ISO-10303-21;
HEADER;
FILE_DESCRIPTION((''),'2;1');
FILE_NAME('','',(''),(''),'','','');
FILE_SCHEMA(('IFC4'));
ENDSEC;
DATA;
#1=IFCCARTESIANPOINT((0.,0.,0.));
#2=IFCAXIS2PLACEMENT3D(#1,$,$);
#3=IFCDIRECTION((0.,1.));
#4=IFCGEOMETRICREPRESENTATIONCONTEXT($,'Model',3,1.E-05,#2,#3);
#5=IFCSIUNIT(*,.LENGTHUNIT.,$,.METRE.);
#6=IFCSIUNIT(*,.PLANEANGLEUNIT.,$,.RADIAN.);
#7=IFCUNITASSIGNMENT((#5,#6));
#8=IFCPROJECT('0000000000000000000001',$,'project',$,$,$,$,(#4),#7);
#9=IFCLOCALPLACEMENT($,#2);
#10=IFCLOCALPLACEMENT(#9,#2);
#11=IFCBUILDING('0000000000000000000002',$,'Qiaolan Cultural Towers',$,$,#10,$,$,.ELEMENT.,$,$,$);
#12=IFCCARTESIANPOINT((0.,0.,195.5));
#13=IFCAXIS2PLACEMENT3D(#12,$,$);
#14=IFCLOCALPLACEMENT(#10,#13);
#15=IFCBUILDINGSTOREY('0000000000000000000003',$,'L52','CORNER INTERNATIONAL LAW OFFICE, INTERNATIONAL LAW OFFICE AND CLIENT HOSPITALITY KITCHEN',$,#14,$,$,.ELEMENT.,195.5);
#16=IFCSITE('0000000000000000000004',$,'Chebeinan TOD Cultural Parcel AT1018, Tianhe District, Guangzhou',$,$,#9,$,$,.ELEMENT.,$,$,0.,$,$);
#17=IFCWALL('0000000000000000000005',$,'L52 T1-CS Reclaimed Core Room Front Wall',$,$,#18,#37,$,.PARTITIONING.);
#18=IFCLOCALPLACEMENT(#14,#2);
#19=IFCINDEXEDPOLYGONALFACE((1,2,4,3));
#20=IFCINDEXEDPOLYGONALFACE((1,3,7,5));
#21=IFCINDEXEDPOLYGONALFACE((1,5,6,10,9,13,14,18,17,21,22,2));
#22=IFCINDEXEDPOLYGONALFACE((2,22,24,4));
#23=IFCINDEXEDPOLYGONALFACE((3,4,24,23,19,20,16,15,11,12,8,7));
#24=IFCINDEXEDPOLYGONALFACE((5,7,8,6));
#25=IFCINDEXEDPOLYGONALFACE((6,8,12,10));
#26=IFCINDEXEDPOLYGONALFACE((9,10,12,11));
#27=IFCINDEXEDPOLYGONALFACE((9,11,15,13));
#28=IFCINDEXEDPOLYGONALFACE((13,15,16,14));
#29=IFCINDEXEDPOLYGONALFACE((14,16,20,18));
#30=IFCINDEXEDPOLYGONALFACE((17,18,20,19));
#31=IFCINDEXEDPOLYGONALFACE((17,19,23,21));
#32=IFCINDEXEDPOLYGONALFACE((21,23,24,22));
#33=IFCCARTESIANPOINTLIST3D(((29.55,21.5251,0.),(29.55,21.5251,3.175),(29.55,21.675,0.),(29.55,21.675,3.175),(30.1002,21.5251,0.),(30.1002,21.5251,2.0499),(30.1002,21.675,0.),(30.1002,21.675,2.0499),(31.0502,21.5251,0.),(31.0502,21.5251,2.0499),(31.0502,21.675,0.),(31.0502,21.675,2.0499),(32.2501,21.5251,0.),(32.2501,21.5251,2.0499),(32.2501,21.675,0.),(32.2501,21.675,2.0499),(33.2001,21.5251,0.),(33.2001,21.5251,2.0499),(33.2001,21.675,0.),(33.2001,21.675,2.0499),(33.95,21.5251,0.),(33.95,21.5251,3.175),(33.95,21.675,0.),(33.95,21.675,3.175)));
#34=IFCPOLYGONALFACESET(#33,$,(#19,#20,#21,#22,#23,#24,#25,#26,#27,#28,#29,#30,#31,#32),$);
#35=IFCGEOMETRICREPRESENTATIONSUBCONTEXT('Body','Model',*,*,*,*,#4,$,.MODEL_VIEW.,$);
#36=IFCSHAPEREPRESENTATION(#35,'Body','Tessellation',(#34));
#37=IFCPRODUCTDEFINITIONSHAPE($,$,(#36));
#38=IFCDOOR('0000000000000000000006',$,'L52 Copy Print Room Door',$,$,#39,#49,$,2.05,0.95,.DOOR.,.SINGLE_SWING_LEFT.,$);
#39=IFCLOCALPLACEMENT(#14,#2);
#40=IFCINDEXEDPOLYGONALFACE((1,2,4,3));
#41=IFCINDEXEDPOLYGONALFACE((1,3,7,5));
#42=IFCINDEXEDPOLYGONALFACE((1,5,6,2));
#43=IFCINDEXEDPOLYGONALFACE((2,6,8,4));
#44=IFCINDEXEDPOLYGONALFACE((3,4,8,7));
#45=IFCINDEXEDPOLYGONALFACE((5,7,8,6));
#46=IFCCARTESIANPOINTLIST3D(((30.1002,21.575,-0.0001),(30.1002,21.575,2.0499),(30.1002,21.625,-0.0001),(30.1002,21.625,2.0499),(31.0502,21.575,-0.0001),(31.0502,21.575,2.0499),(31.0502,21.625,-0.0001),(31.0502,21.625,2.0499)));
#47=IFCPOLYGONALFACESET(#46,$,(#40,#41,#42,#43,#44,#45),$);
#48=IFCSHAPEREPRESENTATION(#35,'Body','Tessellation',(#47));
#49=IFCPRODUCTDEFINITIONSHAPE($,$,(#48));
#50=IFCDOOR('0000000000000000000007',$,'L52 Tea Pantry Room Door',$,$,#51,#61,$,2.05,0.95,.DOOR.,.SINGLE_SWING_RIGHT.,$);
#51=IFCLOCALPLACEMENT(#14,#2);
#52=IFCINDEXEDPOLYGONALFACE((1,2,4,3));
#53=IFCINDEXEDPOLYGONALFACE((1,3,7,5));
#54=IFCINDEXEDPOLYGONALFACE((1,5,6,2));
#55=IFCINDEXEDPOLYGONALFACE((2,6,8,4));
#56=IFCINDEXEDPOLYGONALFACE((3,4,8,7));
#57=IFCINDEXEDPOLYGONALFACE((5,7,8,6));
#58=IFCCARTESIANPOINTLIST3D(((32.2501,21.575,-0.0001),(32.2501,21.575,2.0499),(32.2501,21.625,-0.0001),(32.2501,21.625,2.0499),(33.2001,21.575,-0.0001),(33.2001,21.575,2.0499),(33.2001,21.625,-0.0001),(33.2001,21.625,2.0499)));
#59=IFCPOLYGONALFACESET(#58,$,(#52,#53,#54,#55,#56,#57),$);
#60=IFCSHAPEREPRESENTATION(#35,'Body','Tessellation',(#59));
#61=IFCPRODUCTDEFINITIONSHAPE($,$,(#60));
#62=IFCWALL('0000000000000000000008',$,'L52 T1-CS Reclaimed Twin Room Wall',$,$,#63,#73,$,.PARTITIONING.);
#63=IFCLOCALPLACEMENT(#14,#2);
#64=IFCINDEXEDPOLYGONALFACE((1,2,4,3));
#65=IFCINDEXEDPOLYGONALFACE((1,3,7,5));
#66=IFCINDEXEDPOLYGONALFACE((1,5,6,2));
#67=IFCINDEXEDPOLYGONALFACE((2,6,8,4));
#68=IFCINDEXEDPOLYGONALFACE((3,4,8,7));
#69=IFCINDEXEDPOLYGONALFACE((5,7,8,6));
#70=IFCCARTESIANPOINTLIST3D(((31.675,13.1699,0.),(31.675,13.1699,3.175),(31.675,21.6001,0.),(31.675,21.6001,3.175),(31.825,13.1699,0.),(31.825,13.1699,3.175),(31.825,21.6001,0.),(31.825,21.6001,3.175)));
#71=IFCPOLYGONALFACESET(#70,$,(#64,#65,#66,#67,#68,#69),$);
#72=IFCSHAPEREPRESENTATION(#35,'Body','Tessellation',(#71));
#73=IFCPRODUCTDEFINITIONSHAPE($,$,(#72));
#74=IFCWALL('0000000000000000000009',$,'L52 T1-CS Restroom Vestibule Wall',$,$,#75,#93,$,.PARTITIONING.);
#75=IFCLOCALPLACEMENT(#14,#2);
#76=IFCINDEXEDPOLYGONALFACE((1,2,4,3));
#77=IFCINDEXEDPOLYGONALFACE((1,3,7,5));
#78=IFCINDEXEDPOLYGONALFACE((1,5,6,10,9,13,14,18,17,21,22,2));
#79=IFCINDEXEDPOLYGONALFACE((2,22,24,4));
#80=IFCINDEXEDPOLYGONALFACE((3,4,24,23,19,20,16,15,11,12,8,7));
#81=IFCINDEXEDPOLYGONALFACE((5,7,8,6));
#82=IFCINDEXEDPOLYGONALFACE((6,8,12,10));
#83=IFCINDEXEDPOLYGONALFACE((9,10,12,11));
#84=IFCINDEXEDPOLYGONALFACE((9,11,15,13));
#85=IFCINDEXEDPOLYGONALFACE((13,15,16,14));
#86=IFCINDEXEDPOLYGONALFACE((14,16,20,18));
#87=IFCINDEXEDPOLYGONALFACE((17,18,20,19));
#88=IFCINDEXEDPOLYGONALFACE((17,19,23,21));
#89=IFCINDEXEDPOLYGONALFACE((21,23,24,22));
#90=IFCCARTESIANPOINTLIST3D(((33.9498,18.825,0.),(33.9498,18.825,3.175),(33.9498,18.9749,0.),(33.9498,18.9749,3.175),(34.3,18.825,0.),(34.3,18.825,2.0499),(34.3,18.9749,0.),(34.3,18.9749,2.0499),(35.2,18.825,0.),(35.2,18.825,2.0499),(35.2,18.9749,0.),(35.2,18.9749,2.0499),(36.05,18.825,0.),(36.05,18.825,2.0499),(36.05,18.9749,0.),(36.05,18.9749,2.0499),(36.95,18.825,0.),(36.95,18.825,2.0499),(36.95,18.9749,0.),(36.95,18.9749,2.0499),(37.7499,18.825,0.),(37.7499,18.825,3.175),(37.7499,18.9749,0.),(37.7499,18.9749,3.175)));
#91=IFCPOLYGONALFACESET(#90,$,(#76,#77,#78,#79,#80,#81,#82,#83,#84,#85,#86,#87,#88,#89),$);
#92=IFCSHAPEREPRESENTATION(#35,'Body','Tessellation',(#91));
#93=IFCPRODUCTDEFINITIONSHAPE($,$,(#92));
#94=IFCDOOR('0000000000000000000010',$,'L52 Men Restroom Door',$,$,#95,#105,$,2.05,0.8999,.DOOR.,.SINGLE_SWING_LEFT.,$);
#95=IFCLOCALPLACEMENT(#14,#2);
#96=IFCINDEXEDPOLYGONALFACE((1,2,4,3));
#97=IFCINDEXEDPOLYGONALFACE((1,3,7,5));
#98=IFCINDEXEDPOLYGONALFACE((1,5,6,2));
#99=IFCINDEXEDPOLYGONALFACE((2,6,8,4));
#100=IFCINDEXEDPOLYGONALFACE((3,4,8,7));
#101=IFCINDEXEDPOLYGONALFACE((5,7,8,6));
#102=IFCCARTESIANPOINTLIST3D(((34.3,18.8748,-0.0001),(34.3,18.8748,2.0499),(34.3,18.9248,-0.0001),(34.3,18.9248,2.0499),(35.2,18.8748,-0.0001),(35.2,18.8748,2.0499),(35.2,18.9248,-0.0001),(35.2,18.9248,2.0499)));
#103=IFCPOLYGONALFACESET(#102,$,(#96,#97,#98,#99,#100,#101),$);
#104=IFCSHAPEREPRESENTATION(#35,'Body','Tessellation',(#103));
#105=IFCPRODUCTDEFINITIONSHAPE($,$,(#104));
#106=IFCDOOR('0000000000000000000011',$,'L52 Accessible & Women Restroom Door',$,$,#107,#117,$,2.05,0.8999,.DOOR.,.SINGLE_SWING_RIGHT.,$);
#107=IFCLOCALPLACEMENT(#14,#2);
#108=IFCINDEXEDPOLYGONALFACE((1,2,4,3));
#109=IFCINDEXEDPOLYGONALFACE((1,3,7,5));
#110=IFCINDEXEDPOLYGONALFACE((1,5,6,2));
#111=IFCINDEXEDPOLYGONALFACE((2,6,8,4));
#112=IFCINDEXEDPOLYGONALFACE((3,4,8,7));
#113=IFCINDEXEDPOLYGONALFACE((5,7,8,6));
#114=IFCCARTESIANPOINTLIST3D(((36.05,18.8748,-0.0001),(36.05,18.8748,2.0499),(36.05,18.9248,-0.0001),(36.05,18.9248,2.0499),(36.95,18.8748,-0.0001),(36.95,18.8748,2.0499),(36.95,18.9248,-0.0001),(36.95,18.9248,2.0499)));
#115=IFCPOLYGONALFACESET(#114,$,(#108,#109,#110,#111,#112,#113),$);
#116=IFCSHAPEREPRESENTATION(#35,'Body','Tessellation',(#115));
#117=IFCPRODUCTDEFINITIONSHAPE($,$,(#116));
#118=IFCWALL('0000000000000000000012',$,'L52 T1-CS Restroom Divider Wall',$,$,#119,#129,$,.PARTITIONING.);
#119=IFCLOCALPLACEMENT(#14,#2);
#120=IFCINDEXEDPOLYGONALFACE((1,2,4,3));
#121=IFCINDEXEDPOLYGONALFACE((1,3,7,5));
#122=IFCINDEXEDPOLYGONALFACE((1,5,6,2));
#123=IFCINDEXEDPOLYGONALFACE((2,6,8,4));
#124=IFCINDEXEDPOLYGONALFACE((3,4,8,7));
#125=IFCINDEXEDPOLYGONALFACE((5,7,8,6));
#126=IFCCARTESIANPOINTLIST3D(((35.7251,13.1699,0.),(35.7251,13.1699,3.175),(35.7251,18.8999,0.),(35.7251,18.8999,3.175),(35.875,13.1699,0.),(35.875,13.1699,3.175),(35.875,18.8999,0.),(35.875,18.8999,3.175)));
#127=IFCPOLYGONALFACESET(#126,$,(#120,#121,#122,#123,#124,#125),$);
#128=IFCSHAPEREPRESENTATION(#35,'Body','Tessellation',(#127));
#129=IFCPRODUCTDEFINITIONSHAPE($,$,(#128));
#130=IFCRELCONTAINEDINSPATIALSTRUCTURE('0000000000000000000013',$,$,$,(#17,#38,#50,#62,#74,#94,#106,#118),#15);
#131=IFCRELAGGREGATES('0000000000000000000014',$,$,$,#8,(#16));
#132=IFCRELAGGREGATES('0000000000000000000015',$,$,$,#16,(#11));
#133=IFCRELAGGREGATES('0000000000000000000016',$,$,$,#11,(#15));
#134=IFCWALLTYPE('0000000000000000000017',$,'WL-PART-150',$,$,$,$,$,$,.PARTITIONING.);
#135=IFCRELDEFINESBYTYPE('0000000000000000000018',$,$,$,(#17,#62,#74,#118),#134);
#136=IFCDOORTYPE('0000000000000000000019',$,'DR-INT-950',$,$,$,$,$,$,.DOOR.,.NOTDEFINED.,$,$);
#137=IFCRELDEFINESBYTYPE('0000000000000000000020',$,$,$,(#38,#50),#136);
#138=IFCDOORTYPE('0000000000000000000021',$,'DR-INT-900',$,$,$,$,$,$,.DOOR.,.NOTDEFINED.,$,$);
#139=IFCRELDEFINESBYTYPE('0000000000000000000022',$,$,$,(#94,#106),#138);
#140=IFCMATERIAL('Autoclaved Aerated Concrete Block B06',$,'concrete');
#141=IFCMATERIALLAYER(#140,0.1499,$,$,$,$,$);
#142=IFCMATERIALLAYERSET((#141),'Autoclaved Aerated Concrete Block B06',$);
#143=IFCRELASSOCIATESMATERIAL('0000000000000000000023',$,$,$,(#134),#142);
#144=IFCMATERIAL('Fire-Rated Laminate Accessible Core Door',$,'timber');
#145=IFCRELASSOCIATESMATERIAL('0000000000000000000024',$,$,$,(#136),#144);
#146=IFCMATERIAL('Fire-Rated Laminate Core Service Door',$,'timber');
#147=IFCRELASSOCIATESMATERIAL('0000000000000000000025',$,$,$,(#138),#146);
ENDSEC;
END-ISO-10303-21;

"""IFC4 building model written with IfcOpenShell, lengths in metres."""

from ifc_helpers import new_model, si_unit, direction, frame, frame_2d, origin, place, context, subcontext, project, spatial, rectangle, extrude, material, layer, layer_set, type_object, element, fill, save


model = new_model("IFC4")

# Units and contexts
model_context = context("Model", 3, precision=1e-05, world=origin(), true_north=direction((0.0, 1.0)))
body_context = subcontext(model_context, "Body", "Model", "MODEL_VIEW")
ifc_project = project(units=[si_unit("LENGTHUNIT", "METRE"), si_unit("PLANEANGLEUNIT", "RADIAN")], contexts=[model_context])

# Site, building, storey
site_placement = place(None, origin())
site = spatial("IfcSite", under=ifc_project, at=site_placement, Name="Chebeinan TOD Cultural Parcel AT1018, Tianhe District, Guangzhou", CompositionType="ELEMENT", RefElevation=0.0)
building_placement = place(site_placement, origin())
building = spatial("IfcBuilding", under=site, at=building_placement, Name="Qiaolan Cultural Towers", CompositionType="ELEMENT")
storey_placement = place(building_placement, frame((0.0, 0.0, 195.5)))
storey = spatial("IfcBuildingStorey", under=building, at=storey_placement, Name="L52", Description="CORNER INTERNATIONAL LAW OFFICE, INTERNATIONAL LAW OFFICE AND CLIENT HOSPITALITY KITCHEN", CompositionType="ELEMENT", Elevation=195.5)

# Wall, openings, doors
ifc_material_1 = material(Name="Autoclaved Aerated Concrete Block B06", Category="concrete")
ifc_layer_1 = layer(ifc_material_1, 0.1499)
ifc_layer_set_1 = layer_set([ifc_layer_1], Name="Autoclaved Aerated Concrete Block B06")
wall_type_1 = type_object("IfcWallType", Name="WL-PART-150", PredefinedType="PARTITIONING", material=ifc_layer_set_1)
wall_1_placement = place(storey_placement, frame((29.55, 21.6001, 0.0), z_axis=(0.0, 0.0, 1.0), x_axis=(1.0, 0.0, 0.0)))
wall_1 = element("IfcWall", 1, at=wall_1_placement, inside=storey, type_object=wall_type_1, Name="L52 T1-CS Reclaimed Core Room Front Wall", PredefinedType="PARTITIONING", context=body_context, shape_type="SweptSolid", body=[
    extrude(rectangle(XDim=4.3999, YDim=0.1499, at=frame_2d((2.2, 0.0))), origin(), (0.0, 0.0, 1.0), 3.175),
])
opening_1_placement = place(wall_1_placement, frame((0.55, 0.0, 0.0)))
opening_1 = element("IfcOpeningElement", 2, at=opening_1_placement, cuts=wall_1, PredefinedType="OPENING", context=body_context, shape_type="SweptSolid", body=[
    extrude(rectangle(XDim=0.95, YDim=2.05, at=frame_2d((0.4751, 1.0249))), frame((0.0, 0.085, 0.0), z_axis=(0.0, -1.0, 0.0), x_axis=(1.0, 0.0, 0.0)), (0.0, 0.0, 1.0), 0.1699),
])
opening_2_placement = place(wall_1_placement, frame((2.7, 0.0, 0.0)))
opening_2 = element("IfcOpeningElement", 3, at=opening_2_placement, cuts=wall_1, PredefinedType="OPENING", context=body_context, shape_type="SweptSolid", body=[
    extrude(rectangle(XDim=0.95, YDim=2.05, at=frame_2d((0.4751, 1.0249))), frame((0.0, 0.085, 0.0), z_axis=(0.0, -1.0, 0.0), x_axis=(1.0, 0.0, 0.0)), (0.0, 0.0, 1.0), 0.1699),
])
ifc_material_2 = material(Name="Fire-Rated Laminate Accessible Core Door", Category="timber")
door_type_1 = type_object("IfcDoorType", Name="DR-INT-950", OperationType="NOTDEFINED", PredefinedType="DOOR", material=ifc_material_2)
door_1_placement = place(opening_1_placement, origin())
door_1 = element("IfcDoor", 4, at=door_1_placement, inside=storey, type_object=door_type_1, Name="L52 Copy Print Room Door", OperationType="SINGLE_SWING_LEFT", OverallHeight=2.05, OverallWidth=0.95, PredefinedType="DOOR", context=body_context, shape_type="SweptSolid", body=[
    extrude(rectangle(XDim=0.95, YDim=2.05, at=frame_2d((0.4751, 1.0249))), frame((0.0, 0.0249, 0.0), z_axis=(0.0, -1.0, 0.0), x_axis=(1.0, 0.0, 0.0)), (0.0, 0.0, 1.0), 0.05),
])
fill(opening_1, door_1)
door_2_placement = place(opening_2_placement, origin())
door_2 = element("IfcDoor", 5, at=door_2_placement, inside=storey, type_object=door_type_1, Name="L52 Tea Pantry Room Door", OperationType="SINGLE_SWING_RIGHT", OverallHeight=2.05, OverallWidth=0.95, PredefinedType="DOOR", context=body_context, shape_type="SweptSolid", body=[
    extrude(rectangle(XDim=0.95, YDim=2.05, at=frame_2d((0.4751, 1.0249))), frame((0.0, 0.0249, 0.0), z_axis=(0.0, -1.0, 0.0), x_axis=(1.0, 0.0, 0.0)), (0.0, 0.0, 1.0), 0.05),
])
fill(opening_2, door_2)

# Wall
wall_2_placement = place(storey_placement, frame((31.75, 21.6001, 0.0), z_axis=(0.0, 0.0, 1.0), x_axis=(0.0, -1.0, 0.0)))
element("IfcWall", 6, at=wall_2_placement, inside=storey, type_object=wall_type_1, Name="L52 T1-CS Reclaimed Twin Room Wall", PredefinedType="PARTITIONING", context=body_context, shape_type="SweptSolid", body=[
    extrude(rectangle(XDim=8.4302, YDim=0.1499, at=frame_2d((4.2151, 0.0))), origin(), (0.0, 0.0, 1.0), 3.175),
])

# Wall, openings, doors
wall_3_placement = place(storey_placement, frame((33.95, 18.8999, 0.0), z_axis=(0.0, 0.0, 1.0), x_axis=(1.0, 0.0, 0.0)))
wall_3 = element("IfcWall", 7, at=wall_3_placement, inside=storey, type_object=wall_type_1, Name="L52 T1-CS Restroom Vestibule Wall", PredefinedType="PARTITIONING", context=body_context, shape_type="SweptSolid", body=[
    extrude(rectangle(XDim=3.8, YDim=0.1499, at=frame_2d((1.8999, 0.0))), origin(), (0.0, 0.0, 1.0), 3.175),
])
opening_3_placement = place(wall_3_placement, frame((0.3501, 0.0, 0.0)))
opening_3 = element("IfcOpeningElement", 8, at=opening_3_placement, cuts=wall_3, PredefinedType="OPENING", context=body_context, shape_type="SweptSolid", body=[
    extrude(rectangle(XDim=0.8999, YDim=2.05, at=frame_2d((0.45, 1.0249))), frame((0.0, 0.085, 0.0), z_axis=(0.0, -1.0, 0.0), x_axis=(1.0, 0.0, 0.0)), (0.0, 0.0, 1.0), 0.1699),
])
opening_4_placement = place(wall_3_placement, frame((2.1001, 0.0, 0.0)))
opening_4 = element("IfcOpeningElement", 9, at=opening_4_placement, cuts=wall_3, PredefinedType="OPENING", context=body_context, shape_type="SweptSolid", body=[
    extrude(rectangle(XDim=0.8999, YDim=2.05, at=frame_2d((0.45, 1.0249))), frame((0.0, 0.085, 0.0), z_axis=(0.0, -1.0, 0.0), x_axis=(1.0, 0.0, 0.0)), (0.0, 0.0, 1.0), 0.1699),
])
ifc_material_3 = material(Name="Fire-Rated Laminate Core Service Door", Category="timber")
door_type_2 = type_object("IfcDoorType", Name="DR-INT-900", OperationType="NOTDEFINED", PredefinedType="DOOR", material=ifc_material_3)
door_3_placement = place(opening_3_placement, origin())
door_3 = element("IfcDoor", 10, at=door_3_placement, inside=storey, type_object=door_type_2, Name="L52 Men Restroom Door", OperationType="SINGLE_SWING_LEFT", OverallHeight=2.05, OverallWidth=0.8999, PredefinedType="DOOR", context=body_context, shape_type="SweptSolid", body=[
    extrude(rectangle(XDim=0.8999, YDim=2.05, at=frame_2d((0.45, 1.0249))), frame((0.0, 0.0249, 0.0), z_axis=(0.0, -1.0, 0.0), x_axis=(1.0, 0.0, 0.0)), (0.0, 0.0, 1.0), 0.05),
])
fill(opening_3, door_3)
door_4_placement = place(opening_4_placement, origin())
door_4 = element("IfcDoor", 11, at=door_4_placement, inside=storey, type_object=door_type_2, Name="L52 Accessible & Women Restroom Door", OperationType="SINGLE_SWING_RIGHT", OverallHeight=2.05, OverallWidth=0.8999, PredefinedType="DOOR", context=body_context, shape_type="SweptSolid", body=[
    extrude(rectangle(XDim=0.8999, YDim=2.05, at=frame_2d((0.45, 1.0249))), frame((0.0, 0.0249, 0.0), z_axis=(0.0, -1.0, 0.0), x_axis=(1.0, 0.0, 0.0)), (0.0, 0.0, 1.0), 0.05),
])
fill(opening_4, door_4)

# Wall
wall_4_placement = place(storey_placement, frame((35.8, 18.8999, 0.0), z_axis=(0.0, 0.0, 1.0), x_axis=(0.0, -1.0, 0.0)))
element("IfcWall", 12, at=wall_4_placement, inside=storey, type_object=wall_type_1, Name="L52 T1-CS Restroom Divider Wall", PredefinedType="PARTITIONING", context=body_context, shape_type="SweptSolid", body=[
    extrude(rectangle(XDim=5.73, YDim=0.1499, at=frame_2d((2.865, 0.0))), origin(), (0.0, 0.0, 1.0), 3.175),
])

save(model, "model.ifc")
